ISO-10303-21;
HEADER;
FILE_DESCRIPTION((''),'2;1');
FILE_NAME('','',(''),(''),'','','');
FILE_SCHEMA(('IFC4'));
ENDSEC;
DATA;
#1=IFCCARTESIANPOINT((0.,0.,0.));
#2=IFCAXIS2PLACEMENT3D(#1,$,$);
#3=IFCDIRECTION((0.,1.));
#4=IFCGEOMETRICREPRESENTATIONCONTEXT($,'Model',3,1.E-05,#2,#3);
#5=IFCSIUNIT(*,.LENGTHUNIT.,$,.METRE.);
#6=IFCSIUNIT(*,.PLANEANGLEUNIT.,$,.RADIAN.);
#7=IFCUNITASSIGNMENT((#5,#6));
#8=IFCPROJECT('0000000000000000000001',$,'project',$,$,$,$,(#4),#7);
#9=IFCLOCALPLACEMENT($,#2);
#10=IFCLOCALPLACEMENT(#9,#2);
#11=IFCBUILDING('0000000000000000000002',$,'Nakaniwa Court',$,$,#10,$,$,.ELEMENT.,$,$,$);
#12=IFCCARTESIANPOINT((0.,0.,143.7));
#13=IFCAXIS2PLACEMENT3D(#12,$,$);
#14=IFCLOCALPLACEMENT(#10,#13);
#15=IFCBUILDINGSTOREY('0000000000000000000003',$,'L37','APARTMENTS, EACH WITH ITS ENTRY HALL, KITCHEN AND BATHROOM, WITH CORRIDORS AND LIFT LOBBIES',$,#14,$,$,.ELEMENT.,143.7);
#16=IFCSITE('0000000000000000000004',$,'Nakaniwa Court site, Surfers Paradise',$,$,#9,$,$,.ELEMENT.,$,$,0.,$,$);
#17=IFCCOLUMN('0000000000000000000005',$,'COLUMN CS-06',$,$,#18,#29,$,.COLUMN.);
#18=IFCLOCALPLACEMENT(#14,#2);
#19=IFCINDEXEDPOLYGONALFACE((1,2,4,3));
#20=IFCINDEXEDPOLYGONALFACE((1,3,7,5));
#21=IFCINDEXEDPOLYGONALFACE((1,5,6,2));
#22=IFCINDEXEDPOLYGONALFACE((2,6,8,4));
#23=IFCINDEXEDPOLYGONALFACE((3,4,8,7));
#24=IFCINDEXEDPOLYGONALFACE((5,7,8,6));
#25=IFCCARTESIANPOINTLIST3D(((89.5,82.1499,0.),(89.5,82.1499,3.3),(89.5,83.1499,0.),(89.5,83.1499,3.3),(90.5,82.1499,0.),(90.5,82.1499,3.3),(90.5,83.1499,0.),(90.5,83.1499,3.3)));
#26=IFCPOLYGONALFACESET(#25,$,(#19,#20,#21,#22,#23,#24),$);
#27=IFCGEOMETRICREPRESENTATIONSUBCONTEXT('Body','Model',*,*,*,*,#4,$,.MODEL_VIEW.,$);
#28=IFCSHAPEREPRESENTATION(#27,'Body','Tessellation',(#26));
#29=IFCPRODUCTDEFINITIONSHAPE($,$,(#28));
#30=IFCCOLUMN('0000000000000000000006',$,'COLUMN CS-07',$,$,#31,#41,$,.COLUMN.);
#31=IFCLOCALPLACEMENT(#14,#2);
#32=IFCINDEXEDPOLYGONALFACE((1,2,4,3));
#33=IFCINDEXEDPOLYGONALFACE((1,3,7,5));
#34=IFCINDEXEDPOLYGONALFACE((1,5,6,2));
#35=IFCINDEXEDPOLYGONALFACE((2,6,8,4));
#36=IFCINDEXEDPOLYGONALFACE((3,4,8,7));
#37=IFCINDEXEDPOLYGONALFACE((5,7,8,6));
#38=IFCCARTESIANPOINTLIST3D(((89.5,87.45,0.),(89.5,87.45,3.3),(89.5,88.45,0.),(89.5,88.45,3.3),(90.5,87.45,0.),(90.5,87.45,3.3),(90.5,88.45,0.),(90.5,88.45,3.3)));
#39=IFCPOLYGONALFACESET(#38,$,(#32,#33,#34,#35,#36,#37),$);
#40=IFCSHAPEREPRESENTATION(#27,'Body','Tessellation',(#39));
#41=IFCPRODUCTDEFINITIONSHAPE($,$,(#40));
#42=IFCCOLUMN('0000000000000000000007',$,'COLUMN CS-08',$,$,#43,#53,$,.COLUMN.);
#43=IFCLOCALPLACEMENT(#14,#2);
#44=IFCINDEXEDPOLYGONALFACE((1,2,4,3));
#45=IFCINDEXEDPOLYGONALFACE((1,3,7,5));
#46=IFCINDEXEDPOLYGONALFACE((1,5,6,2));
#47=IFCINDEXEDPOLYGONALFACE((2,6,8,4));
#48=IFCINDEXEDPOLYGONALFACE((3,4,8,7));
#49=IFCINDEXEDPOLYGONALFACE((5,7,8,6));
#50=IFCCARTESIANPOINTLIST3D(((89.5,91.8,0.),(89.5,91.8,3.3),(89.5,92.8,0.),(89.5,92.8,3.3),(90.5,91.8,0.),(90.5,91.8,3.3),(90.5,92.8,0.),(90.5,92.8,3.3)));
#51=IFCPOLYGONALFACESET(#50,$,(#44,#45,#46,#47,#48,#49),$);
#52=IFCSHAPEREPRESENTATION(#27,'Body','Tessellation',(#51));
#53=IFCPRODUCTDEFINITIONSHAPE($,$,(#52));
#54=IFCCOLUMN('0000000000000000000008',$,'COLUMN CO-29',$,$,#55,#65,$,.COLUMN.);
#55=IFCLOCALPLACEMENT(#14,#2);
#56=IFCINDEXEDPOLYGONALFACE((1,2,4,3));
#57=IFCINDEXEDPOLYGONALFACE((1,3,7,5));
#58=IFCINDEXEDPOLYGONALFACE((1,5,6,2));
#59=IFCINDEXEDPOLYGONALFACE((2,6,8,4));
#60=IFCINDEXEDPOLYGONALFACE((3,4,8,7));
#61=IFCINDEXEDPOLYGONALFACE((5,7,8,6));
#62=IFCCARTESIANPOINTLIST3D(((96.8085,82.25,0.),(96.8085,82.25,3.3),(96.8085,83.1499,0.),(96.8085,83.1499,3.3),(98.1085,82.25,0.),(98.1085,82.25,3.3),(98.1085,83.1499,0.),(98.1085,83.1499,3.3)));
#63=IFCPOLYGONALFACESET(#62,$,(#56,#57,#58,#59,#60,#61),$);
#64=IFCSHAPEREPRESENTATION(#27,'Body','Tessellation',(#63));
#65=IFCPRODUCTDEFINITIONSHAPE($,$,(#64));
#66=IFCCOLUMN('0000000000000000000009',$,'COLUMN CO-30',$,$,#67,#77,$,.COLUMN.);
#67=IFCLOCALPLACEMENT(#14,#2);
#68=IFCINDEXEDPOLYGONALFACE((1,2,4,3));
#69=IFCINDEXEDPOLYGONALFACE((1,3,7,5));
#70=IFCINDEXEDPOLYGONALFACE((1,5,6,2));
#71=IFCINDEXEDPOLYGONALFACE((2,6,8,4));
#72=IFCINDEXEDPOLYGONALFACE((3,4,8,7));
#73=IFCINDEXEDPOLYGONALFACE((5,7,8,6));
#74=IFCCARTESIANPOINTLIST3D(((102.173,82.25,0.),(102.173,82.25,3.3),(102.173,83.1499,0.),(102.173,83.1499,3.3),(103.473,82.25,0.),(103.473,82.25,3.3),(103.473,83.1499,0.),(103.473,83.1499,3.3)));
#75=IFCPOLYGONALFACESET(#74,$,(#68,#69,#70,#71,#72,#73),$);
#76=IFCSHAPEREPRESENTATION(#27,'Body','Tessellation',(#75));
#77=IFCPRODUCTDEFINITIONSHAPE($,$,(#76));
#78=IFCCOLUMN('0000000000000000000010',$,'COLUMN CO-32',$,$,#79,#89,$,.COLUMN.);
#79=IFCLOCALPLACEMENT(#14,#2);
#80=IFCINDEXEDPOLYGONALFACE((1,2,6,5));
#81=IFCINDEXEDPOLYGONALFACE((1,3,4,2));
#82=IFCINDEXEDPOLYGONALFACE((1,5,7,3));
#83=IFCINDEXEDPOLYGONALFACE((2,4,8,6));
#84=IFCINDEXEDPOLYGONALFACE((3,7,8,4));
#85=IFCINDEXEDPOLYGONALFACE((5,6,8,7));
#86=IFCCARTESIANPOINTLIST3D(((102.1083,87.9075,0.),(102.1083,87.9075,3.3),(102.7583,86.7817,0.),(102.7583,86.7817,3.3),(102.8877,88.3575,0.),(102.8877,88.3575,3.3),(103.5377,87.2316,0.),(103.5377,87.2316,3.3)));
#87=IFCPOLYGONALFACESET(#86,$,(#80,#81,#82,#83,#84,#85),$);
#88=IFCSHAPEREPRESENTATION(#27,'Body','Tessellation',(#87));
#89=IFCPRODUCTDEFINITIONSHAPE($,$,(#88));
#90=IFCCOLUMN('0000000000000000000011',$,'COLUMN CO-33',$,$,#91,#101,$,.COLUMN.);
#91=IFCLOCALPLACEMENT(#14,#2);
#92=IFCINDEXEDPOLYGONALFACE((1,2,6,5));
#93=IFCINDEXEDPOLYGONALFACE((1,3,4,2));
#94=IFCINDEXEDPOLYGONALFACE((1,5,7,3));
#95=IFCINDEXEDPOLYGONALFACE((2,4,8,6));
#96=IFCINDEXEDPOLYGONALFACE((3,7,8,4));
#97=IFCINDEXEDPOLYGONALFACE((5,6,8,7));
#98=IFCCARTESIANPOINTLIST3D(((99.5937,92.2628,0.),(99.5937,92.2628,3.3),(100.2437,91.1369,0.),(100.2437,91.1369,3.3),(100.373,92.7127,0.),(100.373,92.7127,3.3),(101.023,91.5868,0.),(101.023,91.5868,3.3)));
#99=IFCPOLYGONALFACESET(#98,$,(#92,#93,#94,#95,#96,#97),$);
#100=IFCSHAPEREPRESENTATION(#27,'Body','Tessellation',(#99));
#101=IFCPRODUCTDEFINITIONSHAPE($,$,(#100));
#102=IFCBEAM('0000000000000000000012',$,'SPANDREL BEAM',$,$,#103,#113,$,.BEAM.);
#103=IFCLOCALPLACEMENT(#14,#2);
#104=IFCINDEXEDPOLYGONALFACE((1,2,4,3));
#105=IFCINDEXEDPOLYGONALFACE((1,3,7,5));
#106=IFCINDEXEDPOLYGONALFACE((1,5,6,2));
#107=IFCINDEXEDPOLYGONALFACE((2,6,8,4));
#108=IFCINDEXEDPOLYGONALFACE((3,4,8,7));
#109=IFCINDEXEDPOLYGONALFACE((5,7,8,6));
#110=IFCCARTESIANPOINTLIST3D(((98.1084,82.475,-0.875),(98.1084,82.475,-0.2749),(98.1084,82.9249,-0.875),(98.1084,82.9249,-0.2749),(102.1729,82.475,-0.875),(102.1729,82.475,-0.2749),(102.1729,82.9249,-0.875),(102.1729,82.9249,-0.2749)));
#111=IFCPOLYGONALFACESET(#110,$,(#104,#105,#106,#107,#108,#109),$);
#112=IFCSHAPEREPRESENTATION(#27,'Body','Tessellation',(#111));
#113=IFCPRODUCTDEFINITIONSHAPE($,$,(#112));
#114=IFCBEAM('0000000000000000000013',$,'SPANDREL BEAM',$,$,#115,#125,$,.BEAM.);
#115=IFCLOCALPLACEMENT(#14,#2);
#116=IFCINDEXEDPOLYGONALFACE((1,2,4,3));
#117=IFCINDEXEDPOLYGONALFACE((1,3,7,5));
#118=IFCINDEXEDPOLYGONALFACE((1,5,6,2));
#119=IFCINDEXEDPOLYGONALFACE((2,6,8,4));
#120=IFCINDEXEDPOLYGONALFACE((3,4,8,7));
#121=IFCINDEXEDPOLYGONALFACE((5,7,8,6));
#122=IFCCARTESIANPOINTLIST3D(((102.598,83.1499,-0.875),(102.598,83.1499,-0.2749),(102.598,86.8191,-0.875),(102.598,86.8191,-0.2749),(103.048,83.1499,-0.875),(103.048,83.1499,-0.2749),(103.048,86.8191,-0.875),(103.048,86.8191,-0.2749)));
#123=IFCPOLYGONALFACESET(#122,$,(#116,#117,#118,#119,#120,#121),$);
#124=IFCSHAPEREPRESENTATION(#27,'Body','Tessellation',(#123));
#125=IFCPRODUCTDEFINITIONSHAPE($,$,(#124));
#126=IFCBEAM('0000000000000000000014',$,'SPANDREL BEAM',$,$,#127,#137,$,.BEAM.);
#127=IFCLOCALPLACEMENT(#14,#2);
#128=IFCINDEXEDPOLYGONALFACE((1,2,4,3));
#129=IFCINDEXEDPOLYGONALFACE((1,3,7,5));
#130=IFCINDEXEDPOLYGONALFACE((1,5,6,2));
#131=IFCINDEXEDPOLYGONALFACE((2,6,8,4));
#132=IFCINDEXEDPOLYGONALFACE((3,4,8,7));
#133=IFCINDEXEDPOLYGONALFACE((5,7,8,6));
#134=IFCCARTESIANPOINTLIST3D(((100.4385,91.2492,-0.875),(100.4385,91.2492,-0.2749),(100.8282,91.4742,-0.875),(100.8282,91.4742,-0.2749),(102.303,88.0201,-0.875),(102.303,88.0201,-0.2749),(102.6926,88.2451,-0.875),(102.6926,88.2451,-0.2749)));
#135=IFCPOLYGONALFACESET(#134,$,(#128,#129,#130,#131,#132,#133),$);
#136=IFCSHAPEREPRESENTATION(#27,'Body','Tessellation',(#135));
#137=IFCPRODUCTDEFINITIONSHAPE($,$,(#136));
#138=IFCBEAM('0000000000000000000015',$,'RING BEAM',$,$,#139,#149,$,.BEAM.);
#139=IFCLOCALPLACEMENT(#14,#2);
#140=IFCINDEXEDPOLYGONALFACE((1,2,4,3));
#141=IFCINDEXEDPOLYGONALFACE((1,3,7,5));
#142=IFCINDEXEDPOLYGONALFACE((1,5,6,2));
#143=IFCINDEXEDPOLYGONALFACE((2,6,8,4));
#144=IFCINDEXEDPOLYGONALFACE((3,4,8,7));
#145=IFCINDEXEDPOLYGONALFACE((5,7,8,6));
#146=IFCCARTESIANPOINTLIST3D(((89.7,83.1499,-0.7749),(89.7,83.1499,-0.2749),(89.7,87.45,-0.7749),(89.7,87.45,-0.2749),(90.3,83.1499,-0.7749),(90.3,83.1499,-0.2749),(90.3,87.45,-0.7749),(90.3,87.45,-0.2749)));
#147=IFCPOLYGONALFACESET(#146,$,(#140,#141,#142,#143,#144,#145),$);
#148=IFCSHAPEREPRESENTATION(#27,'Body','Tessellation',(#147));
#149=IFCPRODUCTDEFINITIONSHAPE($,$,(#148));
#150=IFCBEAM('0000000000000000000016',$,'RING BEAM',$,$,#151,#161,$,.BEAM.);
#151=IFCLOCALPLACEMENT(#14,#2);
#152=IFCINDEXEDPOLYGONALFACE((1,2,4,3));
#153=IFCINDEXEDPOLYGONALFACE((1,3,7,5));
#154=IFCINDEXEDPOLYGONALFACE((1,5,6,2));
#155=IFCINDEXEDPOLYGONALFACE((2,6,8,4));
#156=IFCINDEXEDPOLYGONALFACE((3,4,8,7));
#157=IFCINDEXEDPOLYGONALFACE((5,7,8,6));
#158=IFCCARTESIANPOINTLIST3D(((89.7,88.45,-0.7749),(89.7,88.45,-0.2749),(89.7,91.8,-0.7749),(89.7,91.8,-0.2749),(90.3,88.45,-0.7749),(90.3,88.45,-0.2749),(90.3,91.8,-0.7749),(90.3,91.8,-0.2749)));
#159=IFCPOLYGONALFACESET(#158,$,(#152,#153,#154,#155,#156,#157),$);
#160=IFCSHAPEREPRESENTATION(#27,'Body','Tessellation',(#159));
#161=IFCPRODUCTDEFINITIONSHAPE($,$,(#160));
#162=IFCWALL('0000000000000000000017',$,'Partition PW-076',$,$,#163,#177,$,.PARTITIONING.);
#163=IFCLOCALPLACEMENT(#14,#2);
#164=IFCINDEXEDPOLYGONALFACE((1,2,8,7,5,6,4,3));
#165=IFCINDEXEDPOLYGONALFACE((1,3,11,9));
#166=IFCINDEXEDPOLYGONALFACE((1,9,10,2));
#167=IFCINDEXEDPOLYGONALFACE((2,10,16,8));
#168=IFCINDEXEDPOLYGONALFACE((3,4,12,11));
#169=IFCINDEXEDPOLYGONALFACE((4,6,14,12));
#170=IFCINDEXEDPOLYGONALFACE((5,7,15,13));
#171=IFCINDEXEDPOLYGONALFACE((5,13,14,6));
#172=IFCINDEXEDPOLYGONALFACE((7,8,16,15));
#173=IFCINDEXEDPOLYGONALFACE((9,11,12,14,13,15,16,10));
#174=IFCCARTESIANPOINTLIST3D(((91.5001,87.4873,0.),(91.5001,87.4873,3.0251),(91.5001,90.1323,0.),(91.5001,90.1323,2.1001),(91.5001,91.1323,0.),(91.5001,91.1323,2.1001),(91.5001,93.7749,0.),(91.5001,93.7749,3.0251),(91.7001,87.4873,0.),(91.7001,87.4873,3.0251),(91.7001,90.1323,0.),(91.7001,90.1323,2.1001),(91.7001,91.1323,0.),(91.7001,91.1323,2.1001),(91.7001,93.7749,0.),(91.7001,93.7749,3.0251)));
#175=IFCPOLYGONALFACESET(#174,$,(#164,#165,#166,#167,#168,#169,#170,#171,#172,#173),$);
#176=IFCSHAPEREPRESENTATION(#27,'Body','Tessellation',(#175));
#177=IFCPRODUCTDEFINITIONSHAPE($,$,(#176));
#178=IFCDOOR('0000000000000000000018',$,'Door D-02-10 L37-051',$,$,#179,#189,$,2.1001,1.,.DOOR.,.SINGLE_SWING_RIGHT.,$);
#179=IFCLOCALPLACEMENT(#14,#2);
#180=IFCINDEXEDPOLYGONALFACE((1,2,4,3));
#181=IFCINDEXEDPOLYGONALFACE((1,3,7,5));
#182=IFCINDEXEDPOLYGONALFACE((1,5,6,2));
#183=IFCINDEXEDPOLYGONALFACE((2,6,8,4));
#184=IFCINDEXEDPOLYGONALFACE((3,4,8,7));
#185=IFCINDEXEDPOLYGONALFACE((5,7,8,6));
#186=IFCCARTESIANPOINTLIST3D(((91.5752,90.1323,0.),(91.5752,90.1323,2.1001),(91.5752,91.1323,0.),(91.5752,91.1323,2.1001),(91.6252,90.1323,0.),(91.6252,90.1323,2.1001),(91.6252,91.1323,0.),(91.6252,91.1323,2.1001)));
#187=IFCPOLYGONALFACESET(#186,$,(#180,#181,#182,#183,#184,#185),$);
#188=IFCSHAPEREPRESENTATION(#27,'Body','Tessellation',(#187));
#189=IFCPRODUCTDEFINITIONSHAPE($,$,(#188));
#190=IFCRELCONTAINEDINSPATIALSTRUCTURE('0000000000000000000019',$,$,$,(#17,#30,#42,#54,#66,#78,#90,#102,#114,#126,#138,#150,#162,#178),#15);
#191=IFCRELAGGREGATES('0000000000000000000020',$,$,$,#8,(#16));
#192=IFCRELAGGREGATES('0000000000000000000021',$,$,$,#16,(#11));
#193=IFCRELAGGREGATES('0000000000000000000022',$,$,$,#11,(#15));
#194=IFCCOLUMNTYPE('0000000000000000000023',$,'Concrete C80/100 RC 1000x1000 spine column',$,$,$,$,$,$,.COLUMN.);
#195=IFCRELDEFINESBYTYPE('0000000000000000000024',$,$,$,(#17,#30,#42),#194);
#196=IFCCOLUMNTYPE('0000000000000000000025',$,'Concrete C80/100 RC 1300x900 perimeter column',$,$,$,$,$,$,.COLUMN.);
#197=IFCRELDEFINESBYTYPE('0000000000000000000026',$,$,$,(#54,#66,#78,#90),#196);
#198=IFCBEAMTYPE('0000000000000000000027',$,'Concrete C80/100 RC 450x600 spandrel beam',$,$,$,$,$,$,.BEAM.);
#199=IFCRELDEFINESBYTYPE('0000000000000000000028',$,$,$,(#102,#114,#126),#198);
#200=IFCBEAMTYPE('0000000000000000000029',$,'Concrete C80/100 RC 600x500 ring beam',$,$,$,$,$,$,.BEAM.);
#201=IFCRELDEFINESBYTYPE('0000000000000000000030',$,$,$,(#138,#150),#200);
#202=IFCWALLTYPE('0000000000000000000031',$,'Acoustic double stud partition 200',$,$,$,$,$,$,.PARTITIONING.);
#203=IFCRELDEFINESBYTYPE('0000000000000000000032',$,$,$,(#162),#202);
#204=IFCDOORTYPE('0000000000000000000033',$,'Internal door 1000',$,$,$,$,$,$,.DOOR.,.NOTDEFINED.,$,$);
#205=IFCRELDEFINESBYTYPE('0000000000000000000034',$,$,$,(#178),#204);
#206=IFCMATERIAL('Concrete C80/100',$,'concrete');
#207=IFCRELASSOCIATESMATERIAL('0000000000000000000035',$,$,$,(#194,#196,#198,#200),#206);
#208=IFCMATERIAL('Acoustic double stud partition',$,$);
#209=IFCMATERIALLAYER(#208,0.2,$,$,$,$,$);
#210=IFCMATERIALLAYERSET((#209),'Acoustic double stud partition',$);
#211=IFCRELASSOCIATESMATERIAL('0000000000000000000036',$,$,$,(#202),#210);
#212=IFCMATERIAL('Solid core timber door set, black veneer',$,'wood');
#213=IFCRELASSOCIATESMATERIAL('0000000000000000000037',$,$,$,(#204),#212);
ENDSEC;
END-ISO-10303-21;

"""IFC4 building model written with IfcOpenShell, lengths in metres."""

from ifc_helpers import new_model, si_unit, direction, frame, frame_2d, origin, origin_2d, place, context, subcontext, project, spatial, rectangle, extrude, material, layer, layer_set, material_profile, profile_set, type_object, element, fill, save


model = new_model("IFC4")

# Units and contexts
model_context = context("Model", 3, precision=1e-05, world=origin(), true_north=direction((0.0, 1.0)))
body_context = subcontext(model_context, "Body", "Model", "MODEL_VIEW")
ifc_project = project(units=[si_unit("LENGTHUNIT", "METRE"), si_unit("PLANEANGLEUNIT", "RADIAN")], contexts=[model_context])

# Site, building, storey
site_placement = place(None, origin())
site = spatial("IfcSite", under=ifc_project, at=site_placement, Name="Nakaniwa Court site, Surfers Paradise", CompositionType="ELEMENT", RefElevation=0.0)
building_placement = place(site_placement, origin())
building = spatial("IfcBuilding", under=site, at=building_placement, Name="Nakaniwa Court", CompositionType="ELEMENT")
storey_placement = place(building_placement, frame((0.0, 0.0, 143.7)))
storey = spatial("IfcBuildingStorey", under=building, at=storey_placement, Name="L37", Description="APARTMENTS, EACH WITH ITS ENTRY HALL, KITCHEN AND BATHROOM, WITH CORRIDORS AND LIFT LOBBIES", CompositionType="ELEMENT", Elevation=143.7)

# Columns
ifc_material_1 = material(Name="Concrete C80/100", Category="concrete")
ifc_material_profile_1 = material_profile(ifc_material_1, rectangle(XDim=1.0, YDim=1.0, at=origin_2d()), Name="Concrete C80/100 RC 1000x1000 spine column")
ifc_profile_set_1 = profile_set([ifc_material_profile_1], Name="Concrete C80/100")
column_type_1 = type_object("IfcColumnType", Name="Concrete C80/100 RC 1000x1000 spine column", PredefinedType="COLUMN", material=ifc_profile_set_1)
for number, where, z_axis, x_axis, name in (
    (1, (90.0, 82.6499, 0.0), (0.0, 0.0, 1.0), (0.0, 1.0, 0.0), "COLUMN CS-06"),
    (2, (90.0, 87.95, 0.0), (0.0, 0.0, 1.0), (0.0, 1.0, 0.0), "COLUMN CS-07"),
    (3, (90.0, 92.3, 0.0), (0.0, 0.0, 1.0), (0.0, 1.0, 0.0), "COLUMN CS-08"),
):
    element("IfcColumn", number, at=place(storey_placement, frame(where, z_axis=z_axis, x_axis=x_axis)), inside=storey, type_object=column_type_1, Name=name, PredefinedType="COLUMN", context=body_context, shape_type="SweptSolid", body=[
        extrude(rectangle(XDim=1.0, YDim=1.0, at=origin_2d()), origin(), (0.0, 0.0, 1.0), 3.3),
    ])
ifc_material_profile_2 = material_profile(ifc_material_1, rectangle(XDim=1.3, YDim=0.8999, at=origin_2d()), Name="Concrete C80/100 RC 1300x900 perimeter column")
ifc_profile_set_2 = profile_set([ifc_material_profile_2], Name="Concrete C80/100")
column_type_2 = type_object("IfcColumnType", Name="Concrete C80/100 RC 1300x900 perimeter column", PredefinedType="COLUMN", material=ifc_profile_set_2)
for number, where, z_axis, x_axis, name in (
    (4, (97.4585, 82.7, 0.0), (0.0, 0.0, 1.0), (1.0, 0.0, 0.0), "COLUMN CO-29"),
    (5, (102.823, 82.7, 0.0), (0.0, 0.0, 1.0), (1.0, 0.0, 0.0), "COLUMN CO-30"),
    (6, (102.823, 87.5696, 0.0), (0.0, 0.0, 1.0), (-0.5, 0.866025, 0.0), "COLUMN CO-32"),
    (7, (100.3083, 91.9248, 0.0), (0.0, 0.0, 1.0), (-0.5, 0.866025, 0.0), "COLUMN CO-33"),
):
    element("IfcColumn", number, at=place(storey_placement, frame(where, z_axis=z_axis, x_axis=x_axis)), inside=storey, type_object=column_type_2, Name=name, PredefinedType="COLUMN", context=body_context, shape_type="SweptSolid", body=[
        extrude(rectangle(XDim=1.3, YDim=0.8999, at=origin_2d()), origin(), (0.0, 0.0, 1.0), 3.3),
    ])

# Beams
ifc_material_profile_3 = material_profile(ifc_material_1, rectangle(XDim=0.45, YDim=0.6001, at=origin_2d()), Name="Concrete C80/100 RC 450x600 spandrel beam")
ifc_profile_set_3 = profile_set([ifc_material_profile_3], Name="Concrete C80/100")
beam_type_1 = type_object("IfcBeamType", Name="Concrete C80/100 RC 450x600 spandrel beam", PredefinedType="BEAM", material=ifc_profile_set_3)
beam_1_placement = place(storey_placement, frame((98.1084, 82.7, -0.575), z_axis=(1.0, 0.0, 0.0), x_axis=(0.0, 1.0, 0.0)))
element("IfcBeam", 8, at=beam_1_placement, inside=storey, type_object=beam_type_1, Name="SPANDREL BEAM", PredefinedType="BEAM", context=body_context, shape_type="SweptSolid", body=[
    extrude(rectangle(XDim=0.45, YDim=0.6001, at=origin_2d()), origin(), (0.0, 0.0, 1.0), 4.0645),
])
beam_2_placement = place(storey_placement, frame((102.823, 83.1499, -0.575), z_axis=(0.0, 1.0, 0.0), x_axis=(-1.0, 0.0, 0.0)))
element("IfcBeam", 9, at=beam_2_placement, inside=storey, type_object=beam_type_1, Name="SPANDREL BEAM", PredefinedType="BEAM", context=body_context, shape_type="SweptSolid", body=[
    extrude(rectangle(XDim=0.45, YDim=0.6001, at=origin_2d()), origin(), (0.0, 0.0, 1.0), 3.6692),
])
beam_3_placement = place(storey_placement, frame((102.4978, 88.1326, -0.575), z_axis=(-0.500019, 0.866014, 0.0), x_axis=(-0.866014, -0.500019, 0.0)))
element("IfcBeam", 10, at=beam_3_placement, inside=storey, type_object=beam_type_1, Name="SPANDREL BEAM", PredefinedType="BEAM", context=body_context, shape_type="SweptSolid", body=[
    extrude(rectangle(XDim=0.45, YDim=0.6001, at=origin_2d()), origin(), (0.0, 0.0, 1.0), 3.7288),
])
ifc_material_profile_4 = material_profile(ifc_material_1, rectangle(XDim=0.6001, YDim=0.5, at=origin_2d()), Name="Concrete C80/100 RC 600x500 ring beam")
ifc_profile_set_4 = profile_set([ifc_material_profile_4], Name="Concrete C80/100")
beam_type_2 = type_object("IfcBeamType", Name="Concrete C80/100 RC 600x500 ring beam", PredefinedType="BEAM", material=ifc_profile_set_4)
beam_4_placement = place(storey_placement, frame((90.0, 83.1499, -0.5249), z_axis=(0.0, 1.0, 0.0), x_axis=(-1.0, 0.0, 0.0)))
element("IfcBeam", 11, at=beam_4_placement, inside=storey, type_object=beam_type_2, Name="RING BEAM", PredefinedType="BEAM", context=body_context, shape_type="SweptSolid", body=[
    extrude(rectangle(XDim=0.6001, YDim=0.5, at=origin_2d()), origin(), (0.0, 0.0, 1.0), 4.3),
])
beam_5_placement = place(storey_placement, frame((90.0, 88.45, -0.5249), z_axis=(0.0, 1.0, 0.0), x_axis=(-1.0, 0.0, 0.0)))
element("IfcBeam", 12, at=beam_5_placement, inside=storey, type_object=beam_type_2, Name="RING BEAM", PredefinedType="BEAM", context=body_context, shape_type="SweptSolid", body=[
    extrude(rectangle(XDim=0.6001, YDim=0.5, at=origin_2d()), origin(), (0.0, 0.0, 1.0), 3.3501),
])

# Wall, opening, door
ifc_material_2 = material(Name="Acoustic double stud partition")
ifc_layer_1 = layer(ifc_material_2, 0.2)
ifc_layer_set_1 = layer_set([ifc_layer_1], Name="Acoustic double stud partition")
wall_type_1 = type_object("IfcWallType", Name="Acoustic double stud partition 200", PredefinedType="PARTITIONING", material=ifc_layer_set_1)
wall_1_placement = place(storey_placement, frame((91.6001, 87.4873, 0.0), z_axis=(0.0, 0.0, 1.0), x_axis=(0.0, 1.0, 0.0)))
wall_1 = element("IfcWall", 13, at=wall_1_placement, inside=storey, type_object=wall_type_1, Name="Partition PW-076", PredefinedType="PARTITIONING", context=body_context, shape_type="SweptSolid", body=[
    extrude(rectangle(XDim=6.2876, YDim=0.2, at=frame_2d((3.1438, 0.0))), origin(), (0.0, 0.0, 1.0), 3.0251),
])
opening_1_placement = place(wall_1_placement, frame((2.645, 0.0, 0.0)))
opening_1 = element("IfcOpeningElement", 14, at=opening_1_placement, cuts=wall_1, PredefinedType="OPENING", context=body_context, shape_type="SweptSolid", body=[
    extrude(rectangle(XDim=1.0, YDim=2.1001, at=frame_2d((0.5, 1.05))), frame((0.0, 0.1099, 0.0), z_axis=(0.0, -1.0, 0.0), x_axis=(1.0, 0.0, 0.0)), (0.0, 0.0, 1.0), 0.22),
])
ifc_material_3 = material(Name="Solid core timber door set, black veneer", Category="wood")
door_type_1 = type_object("IfcDoorType", Name="Internal door 1000", OperationType="NOTDEFINED", PredefinedType="DOOR", material=ifc_material_3)
door_1_placement = place(opening_1_placement, origin())
door_1 = element("IfcDoor", 15, at=door_1_placement, inside=storey, type_object=door_type_1, Name="Door D-02-10 L37-051", OperationType="SINGLE_SWING_RIGHT", OverallHeight=2.1001, OverallWidth=1.0, PredefinedType="DOOR", context=body_context, shape_type="SweptSolid", body=[
    extrude(rectangle(XDim=1.0, YDim=2.1001, at=frame_2d((0.5, 1.05))), frame((0.0, 0.0249, 0.0), z_axis=(0.0, -1.0, 0.0), x_axis=(1.0, 0.0, 0.0)), (0.0, 0.0, 1.0), 0.05),
])
fill(opening_1, door_1)

save(model, "model.ifc")
